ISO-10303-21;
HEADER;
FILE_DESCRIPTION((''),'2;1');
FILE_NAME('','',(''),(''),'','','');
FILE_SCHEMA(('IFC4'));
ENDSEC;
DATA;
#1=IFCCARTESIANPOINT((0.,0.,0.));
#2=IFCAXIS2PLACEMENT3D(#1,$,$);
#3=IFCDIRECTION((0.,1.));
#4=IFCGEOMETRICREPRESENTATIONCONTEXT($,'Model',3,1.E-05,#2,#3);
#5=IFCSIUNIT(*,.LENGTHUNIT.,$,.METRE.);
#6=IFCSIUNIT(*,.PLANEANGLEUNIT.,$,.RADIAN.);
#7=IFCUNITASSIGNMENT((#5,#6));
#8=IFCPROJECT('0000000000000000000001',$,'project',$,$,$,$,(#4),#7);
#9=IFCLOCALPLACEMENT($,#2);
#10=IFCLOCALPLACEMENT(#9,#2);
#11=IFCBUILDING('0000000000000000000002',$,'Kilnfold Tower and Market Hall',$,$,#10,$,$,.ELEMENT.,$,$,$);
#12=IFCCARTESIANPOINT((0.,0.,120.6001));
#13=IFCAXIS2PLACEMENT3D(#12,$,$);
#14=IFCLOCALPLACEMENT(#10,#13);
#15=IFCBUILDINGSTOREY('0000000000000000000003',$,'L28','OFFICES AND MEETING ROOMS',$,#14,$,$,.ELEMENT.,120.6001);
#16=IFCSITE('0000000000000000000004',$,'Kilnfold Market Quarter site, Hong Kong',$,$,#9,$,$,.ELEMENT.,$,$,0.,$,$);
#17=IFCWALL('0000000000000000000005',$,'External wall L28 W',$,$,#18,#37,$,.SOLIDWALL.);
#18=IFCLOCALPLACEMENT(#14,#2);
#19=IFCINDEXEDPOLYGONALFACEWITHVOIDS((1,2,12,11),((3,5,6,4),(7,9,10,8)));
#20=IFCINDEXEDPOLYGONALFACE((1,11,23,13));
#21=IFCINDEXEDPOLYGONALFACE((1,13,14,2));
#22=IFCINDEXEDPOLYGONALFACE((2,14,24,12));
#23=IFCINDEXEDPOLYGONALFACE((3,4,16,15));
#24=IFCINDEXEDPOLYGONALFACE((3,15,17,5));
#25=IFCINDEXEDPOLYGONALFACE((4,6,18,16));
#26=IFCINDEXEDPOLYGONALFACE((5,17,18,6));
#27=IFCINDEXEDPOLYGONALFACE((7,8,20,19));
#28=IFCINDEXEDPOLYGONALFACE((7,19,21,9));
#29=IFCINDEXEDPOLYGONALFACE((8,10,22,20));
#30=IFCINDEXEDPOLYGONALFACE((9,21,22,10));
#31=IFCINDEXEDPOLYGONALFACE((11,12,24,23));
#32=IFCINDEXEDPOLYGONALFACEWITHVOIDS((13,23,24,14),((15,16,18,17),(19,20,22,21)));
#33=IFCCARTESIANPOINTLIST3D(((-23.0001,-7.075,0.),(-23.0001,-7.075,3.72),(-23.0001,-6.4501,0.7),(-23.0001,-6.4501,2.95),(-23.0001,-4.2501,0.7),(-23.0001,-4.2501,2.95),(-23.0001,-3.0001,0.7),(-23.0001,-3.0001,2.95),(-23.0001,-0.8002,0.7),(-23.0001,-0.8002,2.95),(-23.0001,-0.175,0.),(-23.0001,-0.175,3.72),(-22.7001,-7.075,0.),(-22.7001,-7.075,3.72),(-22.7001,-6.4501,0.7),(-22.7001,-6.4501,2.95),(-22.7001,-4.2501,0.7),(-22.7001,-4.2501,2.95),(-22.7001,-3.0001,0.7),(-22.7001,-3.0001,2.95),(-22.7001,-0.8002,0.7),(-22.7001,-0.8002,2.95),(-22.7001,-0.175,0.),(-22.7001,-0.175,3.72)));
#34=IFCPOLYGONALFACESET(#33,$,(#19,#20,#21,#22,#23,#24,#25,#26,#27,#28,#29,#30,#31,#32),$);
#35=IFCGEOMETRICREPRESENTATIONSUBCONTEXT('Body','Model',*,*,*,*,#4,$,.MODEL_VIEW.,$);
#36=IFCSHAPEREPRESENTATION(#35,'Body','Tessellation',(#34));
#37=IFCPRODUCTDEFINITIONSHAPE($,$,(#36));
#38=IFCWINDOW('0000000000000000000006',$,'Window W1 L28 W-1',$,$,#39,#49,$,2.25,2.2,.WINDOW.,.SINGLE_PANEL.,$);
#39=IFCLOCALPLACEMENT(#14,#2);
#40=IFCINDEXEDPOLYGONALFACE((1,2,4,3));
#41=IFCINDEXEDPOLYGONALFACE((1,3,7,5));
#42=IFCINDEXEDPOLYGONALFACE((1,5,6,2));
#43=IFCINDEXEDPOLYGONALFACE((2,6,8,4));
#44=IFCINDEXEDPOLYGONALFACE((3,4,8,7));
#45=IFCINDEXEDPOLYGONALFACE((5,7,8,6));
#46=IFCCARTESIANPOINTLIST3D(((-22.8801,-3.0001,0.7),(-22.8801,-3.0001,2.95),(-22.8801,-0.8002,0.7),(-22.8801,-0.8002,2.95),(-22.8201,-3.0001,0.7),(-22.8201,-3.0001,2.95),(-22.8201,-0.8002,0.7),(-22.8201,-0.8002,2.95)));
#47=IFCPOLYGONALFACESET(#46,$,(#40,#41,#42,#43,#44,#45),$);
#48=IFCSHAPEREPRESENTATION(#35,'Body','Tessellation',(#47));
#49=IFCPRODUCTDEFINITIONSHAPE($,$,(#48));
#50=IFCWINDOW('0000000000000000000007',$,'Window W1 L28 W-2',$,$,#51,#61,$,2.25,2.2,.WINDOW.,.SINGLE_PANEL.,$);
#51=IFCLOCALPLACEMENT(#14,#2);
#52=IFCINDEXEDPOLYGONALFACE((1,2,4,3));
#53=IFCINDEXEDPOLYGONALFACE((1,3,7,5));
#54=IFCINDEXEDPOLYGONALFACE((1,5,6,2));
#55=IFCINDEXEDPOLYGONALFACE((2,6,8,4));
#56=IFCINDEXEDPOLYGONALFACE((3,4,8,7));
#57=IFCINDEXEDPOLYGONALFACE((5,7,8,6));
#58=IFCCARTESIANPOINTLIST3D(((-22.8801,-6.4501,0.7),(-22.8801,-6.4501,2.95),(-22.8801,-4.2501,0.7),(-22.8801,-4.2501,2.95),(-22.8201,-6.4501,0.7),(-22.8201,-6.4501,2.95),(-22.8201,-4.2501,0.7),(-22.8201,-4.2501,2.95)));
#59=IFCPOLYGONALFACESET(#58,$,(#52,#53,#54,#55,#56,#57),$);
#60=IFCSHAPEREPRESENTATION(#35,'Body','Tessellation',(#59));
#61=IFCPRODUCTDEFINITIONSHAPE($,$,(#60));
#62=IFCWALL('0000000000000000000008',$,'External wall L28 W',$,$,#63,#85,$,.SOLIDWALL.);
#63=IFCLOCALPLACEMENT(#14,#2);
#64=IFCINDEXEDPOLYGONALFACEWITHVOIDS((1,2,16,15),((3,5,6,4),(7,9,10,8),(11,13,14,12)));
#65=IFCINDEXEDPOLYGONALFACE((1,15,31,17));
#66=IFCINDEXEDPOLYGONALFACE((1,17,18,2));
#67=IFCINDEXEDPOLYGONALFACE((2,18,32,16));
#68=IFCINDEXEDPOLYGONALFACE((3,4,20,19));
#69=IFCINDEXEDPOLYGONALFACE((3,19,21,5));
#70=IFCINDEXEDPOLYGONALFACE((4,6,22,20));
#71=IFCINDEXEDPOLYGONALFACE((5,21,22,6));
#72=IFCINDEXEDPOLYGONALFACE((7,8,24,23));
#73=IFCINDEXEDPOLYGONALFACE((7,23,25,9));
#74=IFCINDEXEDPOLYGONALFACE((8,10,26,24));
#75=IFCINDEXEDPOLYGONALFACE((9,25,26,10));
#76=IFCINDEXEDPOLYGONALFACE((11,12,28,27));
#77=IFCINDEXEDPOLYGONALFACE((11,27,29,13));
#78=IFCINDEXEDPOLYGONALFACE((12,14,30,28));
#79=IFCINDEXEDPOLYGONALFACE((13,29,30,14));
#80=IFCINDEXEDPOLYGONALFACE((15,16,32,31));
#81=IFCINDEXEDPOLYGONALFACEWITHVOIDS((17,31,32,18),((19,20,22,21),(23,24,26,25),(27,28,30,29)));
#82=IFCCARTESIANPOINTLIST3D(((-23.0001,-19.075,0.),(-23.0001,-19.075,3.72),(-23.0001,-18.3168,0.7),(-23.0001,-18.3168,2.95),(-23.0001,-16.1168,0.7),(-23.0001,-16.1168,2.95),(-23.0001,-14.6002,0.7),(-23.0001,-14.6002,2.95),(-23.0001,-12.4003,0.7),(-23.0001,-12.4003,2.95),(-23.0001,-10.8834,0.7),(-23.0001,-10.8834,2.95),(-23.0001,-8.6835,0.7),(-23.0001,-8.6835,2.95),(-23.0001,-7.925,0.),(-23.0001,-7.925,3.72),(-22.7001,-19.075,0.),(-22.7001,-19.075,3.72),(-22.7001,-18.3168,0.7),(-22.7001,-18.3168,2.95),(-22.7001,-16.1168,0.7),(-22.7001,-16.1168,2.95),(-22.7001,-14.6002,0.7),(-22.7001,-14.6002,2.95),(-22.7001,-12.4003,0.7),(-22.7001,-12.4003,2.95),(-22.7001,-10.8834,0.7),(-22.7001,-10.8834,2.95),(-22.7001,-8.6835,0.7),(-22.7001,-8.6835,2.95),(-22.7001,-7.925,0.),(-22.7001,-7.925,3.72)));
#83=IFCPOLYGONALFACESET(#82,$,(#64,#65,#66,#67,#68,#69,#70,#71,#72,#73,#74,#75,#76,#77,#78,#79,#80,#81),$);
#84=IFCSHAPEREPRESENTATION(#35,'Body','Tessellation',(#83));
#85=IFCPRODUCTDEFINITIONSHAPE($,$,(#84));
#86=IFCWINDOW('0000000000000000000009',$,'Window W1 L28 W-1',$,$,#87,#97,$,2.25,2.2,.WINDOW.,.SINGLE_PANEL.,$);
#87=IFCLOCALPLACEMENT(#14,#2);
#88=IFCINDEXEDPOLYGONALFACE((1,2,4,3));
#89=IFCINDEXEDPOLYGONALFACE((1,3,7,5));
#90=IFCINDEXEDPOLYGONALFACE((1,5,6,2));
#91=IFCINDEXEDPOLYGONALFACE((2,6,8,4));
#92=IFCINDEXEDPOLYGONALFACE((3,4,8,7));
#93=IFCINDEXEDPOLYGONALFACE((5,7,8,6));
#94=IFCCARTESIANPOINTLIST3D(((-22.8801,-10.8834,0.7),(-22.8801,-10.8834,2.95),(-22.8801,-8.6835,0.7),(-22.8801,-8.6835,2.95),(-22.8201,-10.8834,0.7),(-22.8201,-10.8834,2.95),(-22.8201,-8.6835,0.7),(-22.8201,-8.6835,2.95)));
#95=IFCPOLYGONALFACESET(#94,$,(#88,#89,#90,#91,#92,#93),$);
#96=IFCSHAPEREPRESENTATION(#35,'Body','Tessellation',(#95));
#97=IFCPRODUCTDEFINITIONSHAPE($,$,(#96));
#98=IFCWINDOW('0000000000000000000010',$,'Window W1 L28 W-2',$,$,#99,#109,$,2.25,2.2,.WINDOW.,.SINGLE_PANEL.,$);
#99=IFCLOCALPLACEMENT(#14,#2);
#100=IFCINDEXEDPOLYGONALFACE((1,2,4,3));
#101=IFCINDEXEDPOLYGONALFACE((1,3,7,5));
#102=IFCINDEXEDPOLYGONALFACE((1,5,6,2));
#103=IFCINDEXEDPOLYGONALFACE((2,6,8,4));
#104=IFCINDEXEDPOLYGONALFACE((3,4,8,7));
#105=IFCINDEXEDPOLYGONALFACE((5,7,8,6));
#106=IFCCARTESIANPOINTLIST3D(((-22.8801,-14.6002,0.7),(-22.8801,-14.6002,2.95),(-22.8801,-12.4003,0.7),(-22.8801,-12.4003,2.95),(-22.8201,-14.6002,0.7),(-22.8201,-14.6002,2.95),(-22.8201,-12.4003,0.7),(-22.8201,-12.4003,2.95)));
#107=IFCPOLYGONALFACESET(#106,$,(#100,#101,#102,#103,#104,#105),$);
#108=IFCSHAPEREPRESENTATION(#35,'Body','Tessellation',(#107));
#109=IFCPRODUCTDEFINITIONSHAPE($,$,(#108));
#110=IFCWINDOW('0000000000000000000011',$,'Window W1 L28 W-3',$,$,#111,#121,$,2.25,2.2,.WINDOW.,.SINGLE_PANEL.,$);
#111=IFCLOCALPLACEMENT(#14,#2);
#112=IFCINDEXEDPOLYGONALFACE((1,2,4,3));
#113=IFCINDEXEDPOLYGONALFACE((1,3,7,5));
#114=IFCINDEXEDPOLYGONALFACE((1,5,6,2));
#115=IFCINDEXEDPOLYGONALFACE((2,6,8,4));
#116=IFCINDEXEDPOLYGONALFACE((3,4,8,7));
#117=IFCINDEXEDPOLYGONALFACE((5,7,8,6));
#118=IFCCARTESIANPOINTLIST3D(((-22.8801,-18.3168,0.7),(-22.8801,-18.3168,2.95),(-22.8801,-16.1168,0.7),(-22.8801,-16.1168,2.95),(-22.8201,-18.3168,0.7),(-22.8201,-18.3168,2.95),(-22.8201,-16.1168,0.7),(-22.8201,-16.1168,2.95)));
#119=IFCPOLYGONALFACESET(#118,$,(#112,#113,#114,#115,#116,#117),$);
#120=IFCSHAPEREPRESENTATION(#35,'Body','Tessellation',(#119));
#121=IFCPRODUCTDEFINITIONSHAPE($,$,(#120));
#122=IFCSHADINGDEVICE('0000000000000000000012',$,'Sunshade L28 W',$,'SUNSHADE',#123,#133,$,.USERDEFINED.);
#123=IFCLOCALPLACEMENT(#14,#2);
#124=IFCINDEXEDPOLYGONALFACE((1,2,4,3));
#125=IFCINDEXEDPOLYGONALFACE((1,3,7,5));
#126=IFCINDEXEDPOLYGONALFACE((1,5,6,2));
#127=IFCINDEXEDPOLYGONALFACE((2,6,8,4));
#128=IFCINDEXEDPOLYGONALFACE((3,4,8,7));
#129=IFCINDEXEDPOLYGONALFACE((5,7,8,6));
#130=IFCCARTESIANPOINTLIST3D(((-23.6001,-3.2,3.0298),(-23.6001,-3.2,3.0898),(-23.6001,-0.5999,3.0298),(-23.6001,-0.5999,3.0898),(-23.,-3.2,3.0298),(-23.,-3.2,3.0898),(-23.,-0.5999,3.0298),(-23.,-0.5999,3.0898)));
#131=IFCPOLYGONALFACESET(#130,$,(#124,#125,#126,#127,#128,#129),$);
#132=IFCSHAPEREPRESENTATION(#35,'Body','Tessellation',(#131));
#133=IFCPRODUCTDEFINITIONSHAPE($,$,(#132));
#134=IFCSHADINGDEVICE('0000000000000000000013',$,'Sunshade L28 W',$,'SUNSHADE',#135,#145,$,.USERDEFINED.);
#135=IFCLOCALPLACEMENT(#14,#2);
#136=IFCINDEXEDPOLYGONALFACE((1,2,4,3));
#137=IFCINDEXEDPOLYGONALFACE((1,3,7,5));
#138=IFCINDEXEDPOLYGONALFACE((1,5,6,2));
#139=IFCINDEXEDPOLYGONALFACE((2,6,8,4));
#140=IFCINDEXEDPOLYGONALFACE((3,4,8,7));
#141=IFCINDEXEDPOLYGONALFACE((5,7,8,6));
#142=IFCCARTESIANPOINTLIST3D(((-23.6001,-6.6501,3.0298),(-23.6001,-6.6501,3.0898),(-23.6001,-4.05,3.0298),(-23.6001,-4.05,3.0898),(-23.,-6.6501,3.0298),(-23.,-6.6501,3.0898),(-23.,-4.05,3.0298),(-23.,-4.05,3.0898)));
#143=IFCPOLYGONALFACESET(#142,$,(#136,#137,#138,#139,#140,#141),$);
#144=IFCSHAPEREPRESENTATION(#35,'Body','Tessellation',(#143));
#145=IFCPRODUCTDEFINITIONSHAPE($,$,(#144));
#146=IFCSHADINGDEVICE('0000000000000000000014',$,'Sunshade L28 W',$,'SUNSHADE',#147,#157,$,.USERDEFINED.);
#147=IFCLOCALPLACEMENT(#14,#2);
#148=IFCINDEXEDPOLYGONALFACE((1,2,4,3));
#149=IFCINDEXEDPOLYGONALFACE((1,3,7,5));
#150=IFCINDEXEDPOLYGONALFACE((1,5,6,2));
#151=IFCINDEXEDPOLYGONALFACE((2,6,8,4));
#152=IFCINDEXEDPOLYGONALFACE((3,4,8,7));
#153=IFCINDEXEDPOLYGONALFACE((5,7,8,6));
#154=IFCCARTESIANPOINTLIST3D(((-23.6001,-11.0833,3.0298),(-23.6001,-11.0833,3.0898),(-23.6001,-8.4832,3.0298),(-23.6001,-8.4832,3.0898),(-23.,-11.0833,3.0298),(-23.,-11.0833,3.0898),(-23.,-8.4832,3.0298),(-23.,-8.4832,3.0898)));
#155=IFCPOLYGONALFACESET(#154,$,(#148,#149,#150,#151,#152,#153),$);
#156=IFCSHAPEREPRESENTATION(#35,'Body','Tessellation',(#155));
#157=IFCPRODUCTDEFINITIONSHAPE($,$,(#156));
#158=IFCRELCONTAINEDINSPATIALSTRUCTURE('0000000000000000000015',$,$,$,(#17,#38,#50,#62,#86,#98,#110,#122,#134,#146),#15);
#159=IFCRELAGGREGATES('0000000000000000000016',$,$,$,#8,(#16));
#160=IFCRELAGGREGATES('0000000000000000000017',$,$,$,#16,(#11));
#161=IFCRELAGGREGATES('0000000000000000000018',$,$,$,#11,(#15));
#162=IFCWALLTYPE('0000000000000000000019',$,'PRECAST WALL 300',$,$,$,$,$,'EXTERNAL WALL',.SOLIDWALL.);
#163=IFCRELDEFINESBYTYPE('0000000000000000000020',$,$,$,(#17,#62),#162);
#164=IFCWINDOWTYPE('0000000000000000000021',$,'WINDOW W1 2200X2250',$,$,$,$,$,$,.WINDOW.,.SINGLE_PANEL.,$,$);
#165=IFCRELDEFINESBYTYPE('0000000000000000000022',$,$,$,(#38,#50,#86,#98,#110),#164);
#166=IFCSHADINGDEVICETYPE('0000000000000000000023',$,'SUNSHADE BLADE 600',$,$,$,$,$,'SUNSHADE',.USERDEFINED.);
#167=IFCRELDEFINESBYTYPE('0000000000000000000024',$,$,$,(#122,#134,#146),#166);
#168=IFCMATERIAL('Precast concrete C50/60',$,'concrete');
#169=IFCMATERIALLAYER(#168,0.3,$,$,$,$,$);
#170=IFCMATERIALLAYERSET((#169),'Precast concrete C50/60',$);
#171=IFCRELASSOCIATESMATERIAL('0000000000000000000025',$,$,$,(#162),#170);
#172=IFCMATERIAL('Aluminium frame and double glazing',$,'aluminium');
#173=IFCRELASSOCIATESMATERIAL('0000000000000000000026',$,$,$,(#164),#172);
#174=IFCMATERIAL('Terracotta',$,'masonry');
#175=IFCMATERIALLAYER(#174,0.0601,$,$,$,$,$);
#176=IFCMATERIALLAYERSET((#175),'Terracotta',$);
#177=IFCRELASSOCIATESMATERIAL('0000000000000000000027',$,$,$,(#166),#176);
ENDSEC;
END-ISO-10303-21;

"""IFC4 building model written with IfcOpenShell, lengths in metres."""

from ifc_helpers import new_model, si_unit, direction, frame, frame_2d, origin, origin_2d, place, context, subcontext, project, spatial, rectangle, extrude, source, transform, mapped, material, layer, layer_set, type_object, element, fill, save


model = new_model("IFC4")

# Units and contexts
model_context = context("Model", 3, precision=1e-05, world=origin(), true_north=direction((0.0, 1.0)))
body_context = subcontext(model_context, "Body", "Model", "MODEL_VIEW")
ifc_project = project(units=[si_unit("LENGTHUNIT", "METRE"), si_unit("PLANEANGLEUNIT", "RADIAN")], contexts=[model_context])

# Site, building, storey
site_placement = place(None, origin())
site = spatial("IfcSite", under=ifc_project, at=site_placement, Name="Kilnfold Market Quarter site, Hong Kong", CompositionType="ELEMENT", RefElevation=0.0)
building_placement = place(site_placement, origin())
building = spatial("IfcBuilding", under=site, at=building_placement, Name="Kilnfold Tower and Market Hall", CompositionType="ELEMENT")
storey_placement = place(building_placement, frame((0.0, 0.0, 120.6001)))
storey = spatial("IfcBuildingStorey", under=building, at=storey_placement, Name="L28", Description="OFFICES AND MEETING ROOMS", CompositionType="ELEMENT", Elevation=120.6001)

# Walls, openings, windows
ifc_material_1 = material(Name="Precast concrete C50/60", Category="concrete")
ifc_layer_1 = layer(ifc_material_1, 0.3)
ifc_layer_set_1 = layer_set([ifc_layer_1], Name="Precast concrete C50/60")
wall_type_1 = type_object("IfcWallType", Name="PRECAST WALL 300", ElementType="EXTERNAL WALL", PredefinedType="SOLIDWALL", material=ifc_layer_set_1)
shared_shape_1 = source(origin(), body_context, "Body", "SweptSolid", [
    extrude(rectangle(XDim=6.8999, YDim=0.3, at=frame_2d((3.45, 0.0))), origin(), (0.0, 0.0, 1.0), 3.72),
])
wall_1_placement = place(storey_placement, frame((-22.8501, -0.175, 0.0), z_axis=(0.0, 0.0, 1.0), x_axis=(0.0, -1.0, 0.0)))
wall_1 = element("IfcWall", 1, at=wall_1_placement, inside=storey, type_object=wall_type_1, Name="External wall L28 W", PredefinedType="SOLIDWALL", context=body_context, shape_type="MappedRepresentation", body=[
    mapped(shared_shape_1, transform((0.0, 0.0, 0.0))),
])
opening_1_placement = place(wall_1_placement, frame((0.625, 0.0, 0.7)))
opening_1 = element("IfcOpeningElement", 2, at=opening_1_placement, cuts=wall_1, PredefinedType="OPENING", context=body_context, shape_type="SweptSolid", body=[
    extrude(rectangle(XDim=2.2, YDim=2.25, at=frame_2d((1.1001, 1.125))), frame((0.0, 0.1602, 0.0), z_axis=(0.0, -1.0, 0.0), x_axis=(1.0, 0.0, 0.0)), (0.0, 0.0, 1.0), 0.3201),
])
opening_2_placement = place(wall_1_placement, frame((4.075, 0.0, 0.7)))
opening_2 = element("IfcOpeningElement", 3, at=opening_2_placement, cuts=wall_1, PredefinedType="OPENING", context=body_context, shape_type="SweptSolid", body=[
    extrude(rectangle(XDim=2.2, YDim=2.25, at=frame_2d((1.1001, 1.125))), frame((0.0, 0.1602, 0.0), z_axis=(0.0, -1.0, 0.0), x_axis=(1.0, 0.0, 0.0)), (0.0, 0.0, 1.0), 0.3201),
])
ifc_material_2 = material(Name="Aluminium frame and double glazing", Category="aluminium")
window_type = type_object("IfcWindowType", Name="WINDOW W1 2200X2250", PartitioningType="SINGLE_PANEL", PredefinedType="WINDOW", material=ifc_material_2)
window_1_placement = place(opening_1_placement, origin())
window_1 = element("IfcWindow", 4, at=window_1_placement, inside=storey, type_object=window_type, Name="Window W1 L28 W-1", OverallHeight=2.25, OverallWidth=2.2, PartitioningType="SINGLE_PANEL", PredefinedType="WINDOW", context=body_context, shape_type="SweptSolid", body=[
    extrude(rectangle(XDim=2.2, YDim=2.25, at=frame_2d((1.1001, 1.125))), frame((0.0, 0.03, 0.0), z_axis=(0.0, -1.0, 0.0), x_axis=(1.0, 0.0, 0.0)), (0.0, 0.0, 1.0), 0.0601),
])
fill(opening_1, window_1)
window_2_placement = place(opening_2_placement, origin())
window_2 = element("IfcWindow", 5, at=window_2_placement, inside=storey, type_object=window_type, Name="Window W1 L28 W-2", OverallHeight=2.25, OverallWidth=2.2, PartitioningType="SINGLE_PANEL", PredefinedType="WINDOW", context=body_context, shape_type="SweptSolid", body=[
    extrude(rectangle(XDim=2.2, YDim=2.25, at=frame_2d((1.1001, 1.125))), frame((0.0, 0.03, 0.0), z_axis=(0.0, -1.0, 0.0), x_axis=(1.0, 0.0, 0.0)), (0.0, 0.0, 1.0), 0.0601),
])
fill(opening_2, window_2)
shared_shape_2 = source(origin(), body_context, "Body", "SweptSolid", [
    extrude(rectangle(XDim=11.1499, YDim=0.3, at=frame_2d((5.575, 0.0))), origin(), (0.0, 0.0, 1.0), 3.72),
])
wall_2_placement = place(storey_placement, frame((-22.8501, -7.925, 0.0), z_axis=(0.0, 0.0, 1.0), x_axis=(0.0, -1.0, 0.0)))
wall_2 = element("IfcWall", 6, at=wall_2_placement, inside=storey, type_object=wall_type_1, Name="External wall L28 W", PredefinedType="SOLIDWALL", context=body_context, shape_type="MappedRepresentation", body=[
    mapped(shared_shape_2, transform((0.0, 0.0, 0.0))),
])
opening_3_placement = place(wall_2_placement, frame((0.7583, 0.0, 0.7)))
opening_3 = element("IfcOpeningElement", 7, at=opening_3_placement, cuts=wall_2, PredefinedType="OPENING", context=body_context, shape_type="SweptSolid", body=[
    extrude(rectangle(XDim=2.2, YDim=2.25, at=frame_2d((1.1001, 1.125))), frame((0.0, 0.1602, 0.0), z_axis=(0.0, -1.0, 0.0), x_axis=(1.0, 0.0, 0.0)), (0.0, 0.0, 1.0), 0.3201),
])
opening_4_placement = place(wall_2_placement, frame((4.4751, 0.0, 0.7)))
opening_4 = element("IfcOpeningElement", 8, at=opening_4_placement, cuts=wall_2, PredefinedType="OPENING", context=body_context, shape_type="SweptSolid", body=[
    extrude(rectangle(XDim=2.2, YDim=2.25, at=frame_2d((1.1001, 1.125))), frame((0.0, 0.1602, 0.0), z_axis=(0.0, -1.0, 0.0), x_axis=(1.0, 0.0, 0.0)), (0.0, 0.0, 1.0), 0.3201),
])
opening_5_placement = place(wall_2_placement, frame((8.1917, 0.0, 0.7)))
opening_5 = element("IfcOpeningElement", 9, at=opening_5_placement, cuts=wall_2, PredefinedType="OPENING", context=body_context, shape_type="SweptSolid", body=[
    extrude(rectangle(XDim=2.2, YDim=2.25, at=frame_2d((1.1001, 1.125))), frame((0.0, 0.1602, 0.0), z_axis=(0.0, -1.0, 0.0), x_axis=(1.0, 0.0, 0.0)), (0.0, 0.0, 1.0), 0.3201),
])
window_3_placement = place(opening_3_placement, origin())
window_3 = element("IfcWindow", 10, at=window_3_placement, inside=storey, type_object=window_type, Name="Window W1 L28 W-1", OverallHeight=2.25, OverallWidth=2.2, PartitioningType="SINGLE_PANEL", PredefinedType="WINDOW", context=body_context, shape_type="SweptSolid", body=[
    extrude(rectangle(XDim=2.2, YDim=2.25, at=frame_2d((1.1001, 1.125))), frame((0.0, 0.03, 0.0), z_axis=(0.0, -1.0, 0.0), x_axis=(1.0, 0.0, 0.0)), (0.0, 0.0, 1.0), 0.0601),
])
fill(opening_3, window_3)
window_4_placement = place(opening_4_placement, origin())
window_4 = element("IfcWindow", 11, at=window_4_placement, inside=storey, type_object=window_type, Name="Window W1 L28 W-2", OverallHeight=2.25, OverallWidth=2.2, PartitioningType="SINGLE_PANEL", PredefinedType="WINDOW", context=body_context, shape_type="SweptSolid", body=[
    extrude(rectangle(XDim=2.2, YDim=2.25, at=frame_2d((1.1001, 1.125))), frame((0.0, 0.03, 0.0), z_axis=(0.0, -1.0, 0.0), x_axis=(1.0, 0.0, 0.0)), (0.0, 0.0, 1.0), 0.0601),
])
fill(opening_4, window_4)
window_5_placement = place(opening_5_placement, origin())
window_5 = element("IfcWindow", 12, at=window_5_placement, inside=storey, type_object=window_type, Name="Window W1 L28 W-3", OverallHeight=2.25, OverallWidth=2.2, PartitioningType="SINGLE_PANEL", PredefinedType="WINDOW", context=body_context, shape_type="SweptSolid", body=[
    extrude(rectangle(XDim=2.2, YDim=2.25, at=frame_2d((1.1001, 1.125))), frame((0.0, 0.03, 0.0), z_axis=(0.0, -1.0, 0.0), x_axis=(1.0, 0.0, 0.0)), (0.0, 0.0, 1.0), 0.0601),
])
fill(opening_5, window_5)

# Shading devices
ifc_material_3 = material(Name="Terracotta", Category="masonry")
ifc_layer_2 = layer(ifc_material_3, 0.0601)
ifc_layer_set_2 = layer_set([ifc_layer_2], Name="Terracotta")
shading_device_type = type_object("IfcShadingDeviceType", Name="SUNSHADE BLADE 600", ElementType="SUNSHADE", PredefinedType="USERDEFINED", material=ifc_layer_set_2)
shared_shape_3 = source(origin(), body_context, "Body", "SweptSolid", [
    extrude(rectangle(XDim=2.6001, YDim=0.6001, at=origin_2d()), origin(), (0.0, 0.0, 1.0), 0.0601),
])
for number, where, z_axis, x_axis, name in (
    (13, (-23.3, -1.8999, 3.0298), (0.0, 0.0, 1.0), (0.0, -1.0, 0.0), "Sunshade L28 W"),
    (14, (-23.3, -5.3501, 3.0298), (0.0, 0.0, 1.0), (0.0, -1.0, 0.0), "Sunshade L28 W"),
    (15, (-23.3, -9.7832, 3.0298), (0.0, 0.0, 1.0), (0.0, -1.0, 0.0), "Sunshade L28 W"),
):
    element("IfcShadingDevice", number, at=place(storey_placement, frame(where, z_axis=z_axis, x_axis=x_axis)), inside=storey, type_object=shading_device_type, Name=name, ObjectType="SUNSHADE", PredefinedType="USERDEFINED", context=body_context, shape_type="MappedRepresentation", body=[
        mapped(shared_shape_3, transform((0.0, 0.0, 0.0))),
    ])

save(model, "model.ifc")
